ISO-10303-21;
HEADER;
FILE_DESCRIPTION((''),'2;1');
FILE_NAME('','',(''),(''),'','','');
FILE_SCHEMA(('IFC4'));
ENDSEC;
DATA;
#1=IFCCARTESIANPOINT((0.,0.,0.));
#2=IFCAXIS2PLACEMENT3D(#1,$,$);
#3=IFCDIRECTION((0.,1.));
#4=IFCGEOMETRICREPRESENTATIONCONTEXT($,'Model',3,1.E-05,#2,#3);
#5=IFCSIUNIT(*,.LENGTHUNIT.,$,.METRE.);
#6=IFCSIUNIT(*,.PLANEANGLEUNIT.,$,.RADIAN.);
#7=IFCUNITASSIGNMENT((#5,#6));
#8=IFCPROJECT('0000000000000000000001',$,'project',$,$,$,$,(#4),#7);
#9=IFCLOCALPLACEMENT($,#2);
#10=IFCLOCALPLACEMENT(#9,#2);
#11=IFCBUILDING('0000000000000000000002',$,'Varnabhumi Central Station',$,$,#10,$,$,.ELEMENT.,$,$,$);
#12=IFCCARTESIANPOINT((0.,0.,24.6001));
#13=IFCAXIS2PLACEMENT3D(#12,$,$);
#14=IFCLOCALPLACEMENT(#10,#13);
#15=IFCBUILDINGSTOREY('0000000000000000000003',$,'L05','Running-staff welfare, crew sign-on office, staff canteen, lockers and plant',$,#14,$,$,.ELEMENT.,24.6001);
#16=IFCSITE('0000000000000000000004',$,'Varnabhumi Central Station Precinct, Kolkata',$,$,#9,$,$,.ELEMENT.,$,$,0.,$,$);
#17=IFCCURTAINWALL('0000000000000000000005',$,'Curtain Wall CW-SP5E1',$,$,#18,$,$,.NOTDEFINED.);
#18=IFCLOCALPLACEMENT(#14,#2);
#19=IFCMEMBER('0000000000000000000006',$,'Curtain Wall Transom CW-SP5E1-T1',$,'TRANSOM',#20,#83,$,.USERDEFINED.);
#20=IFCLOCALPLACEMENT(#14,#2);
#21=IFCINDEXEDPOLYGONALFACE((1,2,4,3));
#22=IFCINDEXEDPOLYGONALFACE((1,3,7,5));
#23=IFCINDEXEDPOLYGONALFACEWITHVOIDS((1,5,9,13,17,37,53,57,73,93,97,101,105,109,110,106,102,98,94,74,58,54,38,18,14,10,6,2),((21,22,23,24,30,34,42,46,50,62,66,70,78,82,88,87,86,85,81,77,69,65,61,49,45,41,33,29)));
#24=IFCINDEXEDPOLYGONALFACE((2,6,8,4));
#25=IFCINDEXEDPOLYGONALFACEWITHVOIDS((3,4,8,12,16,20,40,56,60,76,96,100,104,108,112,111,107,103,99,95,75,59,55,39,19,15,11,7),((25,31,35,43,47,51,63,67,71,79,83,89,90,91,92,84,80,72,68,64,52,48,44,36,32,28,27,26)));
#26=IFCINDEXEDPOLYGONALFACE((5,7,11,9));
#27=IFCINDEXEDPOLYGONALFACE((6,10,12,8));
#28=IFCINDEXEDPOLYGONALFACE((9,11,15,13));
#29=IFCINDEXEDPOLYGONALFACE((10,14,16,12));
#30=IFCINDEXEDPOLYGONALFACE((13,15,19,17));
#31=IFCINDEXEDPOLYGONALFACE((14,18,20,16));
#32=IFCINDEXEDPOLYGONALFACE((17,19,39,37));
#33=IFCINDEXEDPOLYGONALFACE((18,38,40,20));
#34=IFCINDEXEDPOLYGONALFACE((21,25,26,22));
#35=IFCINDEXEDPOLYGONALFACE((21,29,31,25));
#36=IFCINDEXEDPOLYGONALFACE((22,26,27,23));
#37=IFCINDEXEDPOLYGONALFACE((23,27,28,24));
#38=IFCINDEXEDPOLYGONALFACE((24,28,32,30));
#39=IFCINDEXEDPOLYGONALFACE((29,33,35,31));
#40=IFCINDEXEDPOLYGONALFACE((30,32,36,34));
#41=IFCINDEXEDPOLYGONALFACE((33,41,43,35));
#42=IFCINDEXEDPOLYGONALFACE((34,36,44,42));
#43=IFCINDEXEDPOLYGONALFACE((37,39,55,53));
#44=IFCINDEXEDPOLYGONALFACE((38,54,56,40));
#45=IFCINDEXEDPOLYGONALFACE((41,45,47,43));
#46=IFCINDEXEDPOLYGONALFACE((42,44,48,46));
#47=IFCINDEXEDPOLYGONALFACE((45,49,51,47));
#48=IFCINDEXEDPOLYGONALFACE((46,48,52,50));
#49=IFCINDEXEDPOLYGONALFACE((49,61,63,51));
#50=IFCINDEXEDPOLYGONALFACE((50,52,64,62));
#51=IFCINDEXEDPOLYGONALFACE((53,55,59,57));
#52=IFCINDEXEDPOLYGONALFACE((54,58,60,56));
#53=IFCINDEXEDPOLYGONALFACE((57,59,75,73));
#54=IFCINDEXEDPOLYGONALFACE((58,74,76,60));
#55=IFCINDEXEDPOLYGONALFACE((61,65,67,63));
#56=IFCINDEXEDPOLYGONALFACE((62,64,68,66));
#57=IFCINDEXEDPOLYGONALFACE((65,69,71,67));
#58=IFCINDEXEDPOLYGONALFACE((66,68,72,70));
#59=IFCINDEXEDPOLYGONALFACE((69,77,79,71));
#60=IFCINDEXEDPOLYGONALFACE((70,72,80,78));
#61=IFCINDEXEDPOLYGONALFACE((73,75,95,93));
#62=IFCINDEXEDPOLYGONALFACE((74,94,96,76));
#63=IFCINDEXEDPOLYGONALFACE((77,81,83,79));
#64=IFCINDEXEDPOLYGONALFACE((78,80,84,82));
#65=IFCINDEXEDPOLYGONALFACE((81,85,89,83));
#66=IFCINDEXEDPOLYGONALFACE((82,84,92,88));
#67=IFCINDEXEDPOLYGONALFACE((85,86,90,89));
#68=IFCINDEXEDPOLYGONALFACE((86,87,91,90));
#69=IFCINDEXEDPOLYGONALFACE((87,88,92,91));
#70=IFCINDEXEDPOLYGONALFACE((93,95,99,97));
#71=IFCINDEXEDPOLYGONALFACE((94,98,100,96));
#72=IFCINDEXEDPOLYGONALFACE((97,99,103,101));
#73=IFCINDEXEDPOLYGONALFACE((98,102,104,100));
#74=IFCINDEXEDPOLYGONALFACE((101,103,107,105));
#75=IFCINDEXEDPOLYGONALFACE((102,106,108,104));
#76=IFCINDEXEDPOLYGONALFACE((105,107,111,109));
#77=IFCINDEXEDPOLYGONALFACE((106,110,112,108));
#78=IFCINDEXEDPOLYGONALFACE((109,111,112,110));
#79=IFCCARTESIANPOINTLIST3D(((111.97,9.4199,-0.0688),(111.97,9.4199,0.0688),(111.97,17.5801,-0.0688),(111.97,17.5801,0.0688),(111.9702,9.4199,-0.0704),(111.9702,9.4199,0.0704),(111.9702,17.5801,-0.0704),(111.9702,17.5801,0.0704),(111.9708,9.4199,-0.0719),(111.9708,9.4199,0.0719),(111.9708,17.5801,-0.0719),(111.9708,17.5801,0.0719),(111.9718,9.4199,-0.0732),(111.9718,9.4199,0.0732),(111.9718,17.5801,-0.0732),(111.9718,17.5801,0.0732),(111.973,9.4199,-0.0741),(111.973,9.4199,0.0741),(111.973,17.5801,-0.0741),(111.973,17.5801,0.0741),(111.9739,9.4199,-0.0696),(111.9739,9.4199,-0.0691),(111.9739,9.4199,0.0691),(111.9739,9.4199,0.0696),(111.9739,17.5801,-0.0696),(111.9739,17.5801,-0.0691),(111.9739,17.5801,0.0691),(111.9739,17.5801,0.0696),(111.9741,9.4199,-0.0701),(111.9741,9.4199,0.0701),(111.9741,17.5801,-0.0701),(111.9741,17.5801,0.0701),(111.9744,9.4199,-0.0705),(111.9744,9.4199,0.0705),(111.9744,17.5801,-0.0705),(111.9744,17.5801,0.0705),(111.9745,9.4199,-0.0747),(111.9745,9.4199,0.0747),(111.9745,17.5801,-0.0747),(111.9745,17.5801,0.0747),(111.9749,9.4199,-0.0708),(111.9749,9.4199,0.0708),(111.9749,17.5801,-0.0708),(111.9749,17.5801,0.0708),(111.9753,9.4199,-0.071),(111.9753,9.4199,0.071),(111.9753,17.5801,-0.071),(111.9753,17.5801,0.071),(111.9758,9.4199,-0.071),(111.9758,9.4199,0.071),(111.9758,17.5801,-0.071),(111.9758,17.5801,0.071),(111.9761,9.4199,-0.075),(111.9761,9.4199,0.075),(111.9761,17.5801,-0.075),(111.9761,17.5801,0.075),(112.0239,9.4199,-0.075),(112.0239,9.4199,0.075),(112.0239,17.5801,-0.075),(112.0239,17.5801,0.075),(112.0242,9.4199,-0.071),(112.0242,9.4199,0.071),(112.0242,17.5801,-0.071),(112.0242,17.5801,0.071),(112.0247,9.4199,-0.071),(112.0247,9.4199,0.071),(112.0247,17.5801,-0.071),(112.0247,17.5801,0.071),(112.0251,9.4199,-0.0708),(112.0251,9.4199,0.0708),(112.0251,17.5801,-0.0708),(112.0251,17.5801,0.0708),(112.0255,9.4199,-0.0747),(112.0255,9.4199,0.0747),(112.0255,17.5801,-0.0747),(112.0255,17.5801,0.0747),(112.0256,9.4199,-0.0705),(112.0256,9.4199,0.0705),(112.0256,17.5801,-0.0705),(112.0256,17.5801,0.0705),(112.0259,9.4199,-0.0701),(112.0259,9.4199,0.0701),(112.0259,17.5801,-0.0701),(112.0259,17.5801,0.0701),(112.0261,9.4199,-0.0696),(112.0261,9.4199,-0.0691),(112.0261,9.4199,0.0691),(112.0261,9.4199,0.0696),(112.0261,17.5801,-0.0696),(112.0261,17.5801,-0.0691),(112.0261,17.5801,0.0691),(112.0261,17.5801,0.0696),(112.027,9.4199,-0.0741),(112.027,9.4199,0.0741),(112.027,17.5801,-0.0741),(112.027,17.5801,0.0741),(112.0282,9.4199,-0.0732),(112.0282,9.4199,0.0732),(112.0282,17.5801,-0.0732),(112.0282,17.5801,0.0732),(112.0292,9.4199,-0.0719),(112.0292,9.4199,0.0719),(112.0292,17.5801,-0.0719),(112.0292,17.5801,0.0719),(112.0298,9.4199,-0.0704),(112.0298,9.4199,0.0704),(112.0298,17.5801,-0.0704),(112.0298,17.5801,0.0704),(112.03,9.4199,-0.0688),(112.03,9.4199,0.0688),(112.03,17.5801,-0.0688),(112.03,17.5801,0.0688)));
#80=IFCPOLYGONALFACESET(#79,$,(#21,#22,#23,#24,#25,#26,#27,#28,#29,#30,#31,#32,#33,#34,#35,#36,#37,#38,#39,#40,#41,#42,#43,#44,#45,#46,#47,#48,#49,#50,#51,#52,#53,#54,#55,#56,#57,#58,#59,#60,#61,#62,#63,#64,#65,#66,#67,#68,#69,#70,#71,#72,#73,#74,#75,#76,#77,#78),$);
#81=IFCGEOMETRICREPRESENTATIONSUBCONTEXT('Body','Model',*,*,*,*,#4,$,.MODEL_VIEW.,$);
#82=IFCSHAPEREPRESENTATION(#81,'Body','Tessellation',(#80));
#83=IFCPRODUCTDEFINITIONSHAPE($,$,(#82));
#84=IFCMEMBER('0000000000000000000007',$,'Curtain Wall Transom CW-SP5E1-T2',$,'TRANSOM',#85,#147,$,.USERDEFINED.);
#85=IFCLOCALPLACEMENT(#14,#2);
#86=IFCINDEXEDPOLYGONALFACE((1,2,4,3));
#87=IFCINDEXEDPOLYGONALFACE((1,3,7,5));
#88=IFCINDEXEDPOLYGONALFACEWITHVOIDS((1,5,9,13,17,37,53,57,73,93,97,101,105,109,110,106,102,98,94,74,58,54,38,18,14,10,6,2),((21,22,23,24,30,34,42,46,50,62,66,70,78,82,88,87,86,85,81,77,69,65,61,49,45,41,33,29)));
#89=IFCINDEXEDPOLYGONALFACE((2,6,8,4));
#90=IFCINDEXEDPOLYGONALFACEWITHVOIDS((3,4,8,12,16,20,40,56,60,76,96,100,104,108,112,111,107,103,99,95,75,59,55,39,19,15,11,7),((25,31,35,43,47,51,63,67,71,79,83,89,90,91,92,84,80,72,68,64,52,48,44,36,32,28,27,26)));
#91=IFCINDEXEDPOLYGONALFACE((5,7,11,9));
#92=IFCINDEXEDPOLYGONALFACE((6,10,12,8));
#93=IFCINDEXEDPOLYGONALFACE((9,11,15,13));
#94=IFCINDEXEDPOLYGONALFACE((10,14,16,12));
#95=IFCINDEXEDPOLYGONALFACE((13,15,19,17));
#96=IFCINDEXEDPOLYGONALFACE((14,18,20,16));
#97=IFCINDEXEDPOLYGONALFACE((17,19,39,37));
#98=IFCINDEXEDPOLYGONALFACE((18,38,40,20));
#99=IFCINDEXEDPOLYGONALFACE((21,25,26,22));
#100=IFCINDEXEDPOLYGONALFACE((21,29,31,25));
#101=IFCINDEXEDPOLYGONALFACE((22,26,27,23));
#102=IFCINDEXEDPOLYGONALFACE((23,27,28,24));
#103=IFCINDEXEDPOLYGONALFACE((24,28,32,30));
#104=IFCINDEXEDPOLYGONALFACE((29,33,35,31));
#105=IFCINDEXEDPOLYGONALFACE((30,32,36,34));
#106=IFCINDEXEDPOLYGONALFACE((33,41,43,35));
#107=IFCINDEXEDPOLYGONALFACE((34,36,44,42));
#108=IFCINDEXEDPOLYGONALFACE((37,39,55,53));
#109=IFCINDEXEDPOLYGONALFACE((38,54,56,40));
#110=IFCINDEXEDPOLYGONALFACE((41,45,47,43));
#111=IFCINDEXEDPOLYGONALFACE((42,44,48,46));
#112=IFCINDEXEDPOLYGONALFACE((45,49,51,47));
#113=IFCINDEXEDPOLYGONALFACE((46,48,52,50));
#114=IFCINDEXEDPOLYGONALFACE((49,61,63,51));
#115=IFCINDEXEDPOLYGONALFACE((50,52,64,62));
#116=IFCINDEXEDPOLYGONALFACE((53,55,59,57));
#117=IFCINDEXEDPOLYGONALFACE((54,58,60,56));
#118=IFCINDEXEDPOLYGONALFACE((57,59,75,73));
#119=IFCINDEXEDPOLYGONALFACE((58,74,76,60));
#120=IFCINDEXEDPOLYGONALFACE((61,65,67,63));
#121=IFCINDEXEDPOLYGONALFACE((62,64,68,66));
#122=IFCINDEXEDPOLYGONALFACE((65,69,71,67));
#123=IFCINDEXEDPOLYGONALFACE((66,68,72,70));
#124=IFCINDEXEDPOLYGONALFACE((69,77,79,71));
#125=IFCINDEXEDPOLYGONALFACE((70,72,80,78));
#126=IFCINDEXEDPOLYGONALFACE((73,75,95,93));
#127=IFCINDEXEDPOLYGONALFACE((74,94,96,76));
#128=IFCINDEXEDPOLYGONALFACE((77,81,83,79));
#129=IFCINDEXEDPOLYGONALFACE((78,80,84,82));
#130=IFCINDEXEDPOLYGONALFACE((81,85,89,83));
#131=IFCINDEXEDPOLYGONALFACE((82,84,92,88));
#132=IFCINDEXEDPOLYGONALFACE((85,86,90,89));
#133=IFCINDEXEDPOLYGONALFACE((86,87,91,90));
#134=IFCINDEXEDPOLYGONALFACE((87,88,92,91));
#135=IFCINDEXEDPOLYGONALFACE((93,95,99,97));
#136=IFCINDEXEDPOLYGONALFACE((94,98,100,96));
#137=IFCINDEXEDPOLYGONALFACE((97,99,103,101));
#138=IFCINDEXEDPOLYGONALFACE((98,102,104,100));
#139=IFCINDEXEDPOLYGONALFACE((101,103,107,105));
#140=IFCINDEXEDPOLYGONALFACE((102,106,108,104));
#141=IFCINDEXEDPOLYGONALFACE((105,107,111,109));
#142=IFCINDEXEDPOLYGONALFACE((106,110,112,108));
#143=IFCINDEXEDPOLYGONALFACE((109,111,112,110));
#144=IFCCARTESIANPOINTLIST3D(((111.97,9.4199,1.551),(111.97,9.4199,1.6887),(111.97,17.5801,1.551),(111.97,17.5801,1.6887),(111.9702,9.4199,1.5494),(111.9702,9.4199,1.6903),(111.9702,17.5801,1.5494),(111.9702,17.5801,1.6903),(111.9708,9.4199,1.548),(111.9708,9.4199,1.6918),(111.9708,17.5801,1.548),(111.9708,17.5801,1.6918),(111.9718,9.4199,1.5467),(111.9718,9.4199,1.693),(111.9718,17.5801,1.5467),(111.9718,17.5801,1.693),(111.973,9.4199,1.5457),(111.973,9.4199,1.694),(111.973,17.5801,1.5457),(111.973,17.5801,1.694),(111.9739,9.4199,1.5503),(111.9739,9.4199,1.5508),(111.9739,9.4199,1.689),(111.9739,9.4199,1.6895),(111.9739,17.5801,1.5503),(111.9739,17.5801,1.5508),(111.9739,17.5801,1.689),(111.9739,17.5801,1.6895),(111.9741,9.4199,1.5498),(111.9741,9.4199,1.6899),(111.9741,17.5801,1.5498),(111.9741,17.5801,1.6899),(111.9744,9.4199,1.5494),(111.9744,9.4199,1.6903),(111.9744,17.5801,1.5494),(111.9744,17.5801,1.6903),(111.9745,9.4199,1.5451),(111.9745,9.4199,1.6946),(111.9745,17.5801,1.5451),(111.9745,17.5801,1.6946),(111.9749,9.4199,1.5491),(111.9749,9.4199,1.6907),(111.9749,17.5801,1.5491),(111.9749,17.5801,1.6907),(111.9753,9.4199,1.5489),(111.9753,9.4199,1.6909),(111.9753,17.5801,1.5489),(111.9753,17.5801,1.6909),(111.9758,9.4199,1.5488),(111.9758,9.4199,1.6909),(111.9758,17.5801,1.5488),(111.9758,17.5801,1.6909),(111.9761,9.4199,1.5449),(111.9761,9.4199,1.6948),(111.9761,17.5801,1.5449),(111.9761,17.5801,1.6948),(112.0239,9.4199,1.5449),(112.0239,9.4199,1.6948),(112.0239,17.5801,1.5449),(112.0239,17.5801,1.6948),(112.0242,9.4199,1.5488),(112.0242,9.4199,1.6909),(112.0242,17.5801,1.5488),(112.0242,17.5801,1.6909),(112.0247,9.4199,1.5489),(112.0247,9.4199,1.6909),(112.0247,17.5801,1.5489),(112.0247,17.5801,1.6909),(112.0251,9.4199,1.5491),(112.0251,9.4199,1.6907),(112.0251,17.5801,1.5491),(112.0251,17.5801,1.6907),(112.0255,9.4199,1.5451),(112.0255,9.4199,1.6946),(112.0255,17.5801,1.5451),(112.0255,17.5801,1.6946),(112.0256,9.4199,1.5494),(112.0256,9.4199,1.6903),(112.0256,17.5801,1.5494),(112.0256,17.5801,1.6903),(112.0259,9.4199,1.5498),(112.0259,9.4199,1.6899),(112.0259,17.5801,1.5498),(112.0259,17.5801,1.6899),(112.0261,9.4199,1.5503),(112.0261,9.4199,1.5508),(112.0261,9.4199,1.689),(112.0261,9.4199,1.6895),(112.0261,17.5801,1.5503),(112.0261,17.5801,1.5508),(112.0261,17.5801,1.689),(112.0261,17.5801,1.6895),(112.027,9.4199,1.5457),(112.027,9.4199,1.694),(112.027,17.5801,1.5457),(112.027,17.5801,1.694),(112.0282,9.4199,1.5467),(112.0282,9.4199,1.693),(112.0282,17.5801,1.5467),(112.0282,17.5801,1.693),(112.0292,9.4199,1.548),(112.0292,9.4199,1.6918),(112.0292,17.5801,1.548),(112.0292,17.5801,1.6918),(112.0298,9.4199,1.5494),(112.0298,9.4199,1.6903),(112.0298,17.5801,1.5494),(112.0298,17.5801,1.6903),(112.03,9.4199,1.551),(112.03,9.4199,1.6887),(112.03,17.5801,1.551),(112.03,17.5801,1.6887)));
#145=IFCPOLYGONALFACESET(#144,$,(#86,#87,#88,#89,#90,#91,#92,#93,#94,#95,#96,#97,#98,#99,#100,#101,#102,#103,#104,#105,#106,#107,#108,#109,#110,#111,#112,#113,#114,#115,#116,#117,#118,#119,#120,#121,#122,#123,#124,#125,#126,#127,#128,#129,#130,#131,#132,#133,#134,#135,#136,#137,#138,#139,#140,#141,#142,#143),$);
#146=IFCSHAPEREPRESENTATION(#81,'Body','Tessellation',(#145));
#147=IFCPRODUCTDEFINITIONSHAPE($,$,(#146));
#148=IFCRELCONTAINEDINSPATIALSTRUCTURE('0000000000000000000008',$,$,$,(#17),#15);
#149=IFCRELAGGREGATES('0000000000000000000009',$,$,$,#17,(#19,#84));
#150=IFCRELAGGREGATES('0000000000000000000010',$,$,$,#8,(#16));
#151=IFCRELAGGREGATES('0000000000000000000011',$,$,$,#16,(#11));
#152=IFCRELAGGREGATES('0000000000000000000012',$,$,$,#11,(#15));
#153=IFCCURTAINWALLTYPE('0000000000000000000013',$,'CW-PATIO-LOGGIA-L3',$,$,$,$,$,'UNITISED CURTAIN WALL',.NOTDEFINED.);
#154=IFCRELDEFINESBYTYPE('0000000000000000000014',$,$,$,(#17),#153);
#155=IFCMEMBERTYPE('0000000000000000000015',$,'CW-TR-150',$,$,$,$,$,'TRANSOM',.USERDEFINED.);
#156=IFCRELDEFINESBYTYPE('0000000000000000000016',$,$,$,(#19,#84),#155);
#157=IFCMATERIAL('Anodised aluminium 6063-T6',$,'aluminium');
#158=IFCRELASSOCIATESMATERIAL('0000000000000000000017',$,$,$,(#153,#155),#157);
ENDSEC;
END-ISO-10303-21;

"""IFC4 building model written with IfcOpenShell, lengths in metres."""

from ifc_helpers import new_model, si_unit, direction, frame, origin, origin_2d, place, context, subcontext, project, spatial, hollow_rectangle, extrude, material, material_profile, profile_set, type_object, element, aggregate, save


model = new_model("IFC4")

# Units and contexts
model_context = context("Model", 3, precision=1e-05, world=origin(), true_north=direction((0.0, 1.0)))
body_context = subcontext(model_context, "Body", "Model", "MODEL_VIEW")
ifc_project = project(units=[si_unit("LENGTHUNIT", "METRE"), si_unit("PLANEANGLEUNIT", "RADIAN")], contexts=[model_context])

# Site, building, storey
site_placement = place(None, origin())
site = spatial("IfcSite", under=ifc_project, at=site_placement, Name="Varnabhumi Central Station Precinct, Kolkata", CompositionType="ELEMENT", RefElevation=0.0)
building_placement = place(site_placement, origin())
building = spatial("IfcBuilding", under=site, at=building_placement, Name="Varnabhumi Central Station", CompositionType="ELEMENT")
storey_placement = place(building_placement, frame((0.0, 0.0, 24.6001)))
storey = spatial("IfcBuildingStorey", under=building, at=storey_placement, Name="L05", Description="Running-staff welfare, crew sign-on office, staff canteen, lockers and plant", CompositionType="ELEMENT", Elevation=24.6001)

# Curtain wall
ifc_material_1 = material(Name="Anodised aluminium 6063-T6", Category="aluminium")
curtain_wall_type = type_object("IfcCurtainWallType", Name="CW-PATIO-LOGGIA-L3", ElementType="UNITISED CURTAIN WALL", PredefinedType="NOTDEFINED", material=ifc_material_1)
curtain_wall_1_placement = place(storey_placement, origin())
curtain_wall_1 = element("IfcCurtainWall", 1, at=curtain_wall_1_placement, inside=storey, type_object=curtain_wall_type, Name="Curtain Wall CW-SP5E1", PredefinedType="NOTDEFINED")

# Members
ifc_material_profile_1 = material_profile(ifc_material_1, hollow_rectangle(XDim=0.0601, YDim=0.1499, WallThickness=0.0039, InnerFilletRadius=0.002, OuterFilletRadius=0.0061, at=origin_2d()), Name="Anodised aluminium 6063-T6", Category="aluminium")
ifc_profile_set_1 = profile_set([ifc_material_profile_1], Name="Anodised aluminium 6063-T6")
member_type_1 = type_object("IfcMemberType", Name="CW-TR-150", ElementType="TRANSOM", PredefinedType="USERDEFINED", material=ifc_profile_set_1)
member_1_placement = place(storey_placement, frame((112.0, 9.4199, 0.0), z_axis=(0.0, 1.0, 0.0), x_axis=(-1.0, 0.0, 0.0)))
member_1 = element("IfcMember", 2, at=member_1_placement, type_object=member_type_1, Name="Curtain Wall Transom CW-SP5E1-T1", ObjectType="TRANSOM", PredefinedType="USERDEFINED", context=body_context, shape_type="SweptSolid", body=[
    extrude(hollow_rectangle(XDim=0.0601, YDim=0.1499, WallThickness=0.0039, InnerFilletRadius=0.002, OuterFilletRadius=0.0061, at=origin_2d()), origin(), (0.0, 0.0, 1.0), 8.1602),
])
member_2_placement = place(storey_placement, frame((112.0, 9.4199, 1.6199), z_axis=(0.0, 1.0, 0.0), x_axis=(-1.0, 0.0, 0.0)))
member_2 = element("IfcMember", 3, at=member_2_placement, type_object=member_type_1, Name="Curtain Wall Transom CW-SP5E1-T2", ObjectType="TRANSOM", PredefinedType="USERDEFINED", context=body_context, shape_type="SweptSolid", body=[
    extrude(hollow_rectangle(XDim=0.0601, YDim=0.1499, WallThickness=0.0039, InnerFilletRadius=0.002, OuterFilletRadius=0.0061, at=origin_2d()), origin(), (0.0, 0.0, 1.0), 8.1602),
])

aggregate(curtain_wall_1, [member_1, member_2])

save(model, "model.ifc")
